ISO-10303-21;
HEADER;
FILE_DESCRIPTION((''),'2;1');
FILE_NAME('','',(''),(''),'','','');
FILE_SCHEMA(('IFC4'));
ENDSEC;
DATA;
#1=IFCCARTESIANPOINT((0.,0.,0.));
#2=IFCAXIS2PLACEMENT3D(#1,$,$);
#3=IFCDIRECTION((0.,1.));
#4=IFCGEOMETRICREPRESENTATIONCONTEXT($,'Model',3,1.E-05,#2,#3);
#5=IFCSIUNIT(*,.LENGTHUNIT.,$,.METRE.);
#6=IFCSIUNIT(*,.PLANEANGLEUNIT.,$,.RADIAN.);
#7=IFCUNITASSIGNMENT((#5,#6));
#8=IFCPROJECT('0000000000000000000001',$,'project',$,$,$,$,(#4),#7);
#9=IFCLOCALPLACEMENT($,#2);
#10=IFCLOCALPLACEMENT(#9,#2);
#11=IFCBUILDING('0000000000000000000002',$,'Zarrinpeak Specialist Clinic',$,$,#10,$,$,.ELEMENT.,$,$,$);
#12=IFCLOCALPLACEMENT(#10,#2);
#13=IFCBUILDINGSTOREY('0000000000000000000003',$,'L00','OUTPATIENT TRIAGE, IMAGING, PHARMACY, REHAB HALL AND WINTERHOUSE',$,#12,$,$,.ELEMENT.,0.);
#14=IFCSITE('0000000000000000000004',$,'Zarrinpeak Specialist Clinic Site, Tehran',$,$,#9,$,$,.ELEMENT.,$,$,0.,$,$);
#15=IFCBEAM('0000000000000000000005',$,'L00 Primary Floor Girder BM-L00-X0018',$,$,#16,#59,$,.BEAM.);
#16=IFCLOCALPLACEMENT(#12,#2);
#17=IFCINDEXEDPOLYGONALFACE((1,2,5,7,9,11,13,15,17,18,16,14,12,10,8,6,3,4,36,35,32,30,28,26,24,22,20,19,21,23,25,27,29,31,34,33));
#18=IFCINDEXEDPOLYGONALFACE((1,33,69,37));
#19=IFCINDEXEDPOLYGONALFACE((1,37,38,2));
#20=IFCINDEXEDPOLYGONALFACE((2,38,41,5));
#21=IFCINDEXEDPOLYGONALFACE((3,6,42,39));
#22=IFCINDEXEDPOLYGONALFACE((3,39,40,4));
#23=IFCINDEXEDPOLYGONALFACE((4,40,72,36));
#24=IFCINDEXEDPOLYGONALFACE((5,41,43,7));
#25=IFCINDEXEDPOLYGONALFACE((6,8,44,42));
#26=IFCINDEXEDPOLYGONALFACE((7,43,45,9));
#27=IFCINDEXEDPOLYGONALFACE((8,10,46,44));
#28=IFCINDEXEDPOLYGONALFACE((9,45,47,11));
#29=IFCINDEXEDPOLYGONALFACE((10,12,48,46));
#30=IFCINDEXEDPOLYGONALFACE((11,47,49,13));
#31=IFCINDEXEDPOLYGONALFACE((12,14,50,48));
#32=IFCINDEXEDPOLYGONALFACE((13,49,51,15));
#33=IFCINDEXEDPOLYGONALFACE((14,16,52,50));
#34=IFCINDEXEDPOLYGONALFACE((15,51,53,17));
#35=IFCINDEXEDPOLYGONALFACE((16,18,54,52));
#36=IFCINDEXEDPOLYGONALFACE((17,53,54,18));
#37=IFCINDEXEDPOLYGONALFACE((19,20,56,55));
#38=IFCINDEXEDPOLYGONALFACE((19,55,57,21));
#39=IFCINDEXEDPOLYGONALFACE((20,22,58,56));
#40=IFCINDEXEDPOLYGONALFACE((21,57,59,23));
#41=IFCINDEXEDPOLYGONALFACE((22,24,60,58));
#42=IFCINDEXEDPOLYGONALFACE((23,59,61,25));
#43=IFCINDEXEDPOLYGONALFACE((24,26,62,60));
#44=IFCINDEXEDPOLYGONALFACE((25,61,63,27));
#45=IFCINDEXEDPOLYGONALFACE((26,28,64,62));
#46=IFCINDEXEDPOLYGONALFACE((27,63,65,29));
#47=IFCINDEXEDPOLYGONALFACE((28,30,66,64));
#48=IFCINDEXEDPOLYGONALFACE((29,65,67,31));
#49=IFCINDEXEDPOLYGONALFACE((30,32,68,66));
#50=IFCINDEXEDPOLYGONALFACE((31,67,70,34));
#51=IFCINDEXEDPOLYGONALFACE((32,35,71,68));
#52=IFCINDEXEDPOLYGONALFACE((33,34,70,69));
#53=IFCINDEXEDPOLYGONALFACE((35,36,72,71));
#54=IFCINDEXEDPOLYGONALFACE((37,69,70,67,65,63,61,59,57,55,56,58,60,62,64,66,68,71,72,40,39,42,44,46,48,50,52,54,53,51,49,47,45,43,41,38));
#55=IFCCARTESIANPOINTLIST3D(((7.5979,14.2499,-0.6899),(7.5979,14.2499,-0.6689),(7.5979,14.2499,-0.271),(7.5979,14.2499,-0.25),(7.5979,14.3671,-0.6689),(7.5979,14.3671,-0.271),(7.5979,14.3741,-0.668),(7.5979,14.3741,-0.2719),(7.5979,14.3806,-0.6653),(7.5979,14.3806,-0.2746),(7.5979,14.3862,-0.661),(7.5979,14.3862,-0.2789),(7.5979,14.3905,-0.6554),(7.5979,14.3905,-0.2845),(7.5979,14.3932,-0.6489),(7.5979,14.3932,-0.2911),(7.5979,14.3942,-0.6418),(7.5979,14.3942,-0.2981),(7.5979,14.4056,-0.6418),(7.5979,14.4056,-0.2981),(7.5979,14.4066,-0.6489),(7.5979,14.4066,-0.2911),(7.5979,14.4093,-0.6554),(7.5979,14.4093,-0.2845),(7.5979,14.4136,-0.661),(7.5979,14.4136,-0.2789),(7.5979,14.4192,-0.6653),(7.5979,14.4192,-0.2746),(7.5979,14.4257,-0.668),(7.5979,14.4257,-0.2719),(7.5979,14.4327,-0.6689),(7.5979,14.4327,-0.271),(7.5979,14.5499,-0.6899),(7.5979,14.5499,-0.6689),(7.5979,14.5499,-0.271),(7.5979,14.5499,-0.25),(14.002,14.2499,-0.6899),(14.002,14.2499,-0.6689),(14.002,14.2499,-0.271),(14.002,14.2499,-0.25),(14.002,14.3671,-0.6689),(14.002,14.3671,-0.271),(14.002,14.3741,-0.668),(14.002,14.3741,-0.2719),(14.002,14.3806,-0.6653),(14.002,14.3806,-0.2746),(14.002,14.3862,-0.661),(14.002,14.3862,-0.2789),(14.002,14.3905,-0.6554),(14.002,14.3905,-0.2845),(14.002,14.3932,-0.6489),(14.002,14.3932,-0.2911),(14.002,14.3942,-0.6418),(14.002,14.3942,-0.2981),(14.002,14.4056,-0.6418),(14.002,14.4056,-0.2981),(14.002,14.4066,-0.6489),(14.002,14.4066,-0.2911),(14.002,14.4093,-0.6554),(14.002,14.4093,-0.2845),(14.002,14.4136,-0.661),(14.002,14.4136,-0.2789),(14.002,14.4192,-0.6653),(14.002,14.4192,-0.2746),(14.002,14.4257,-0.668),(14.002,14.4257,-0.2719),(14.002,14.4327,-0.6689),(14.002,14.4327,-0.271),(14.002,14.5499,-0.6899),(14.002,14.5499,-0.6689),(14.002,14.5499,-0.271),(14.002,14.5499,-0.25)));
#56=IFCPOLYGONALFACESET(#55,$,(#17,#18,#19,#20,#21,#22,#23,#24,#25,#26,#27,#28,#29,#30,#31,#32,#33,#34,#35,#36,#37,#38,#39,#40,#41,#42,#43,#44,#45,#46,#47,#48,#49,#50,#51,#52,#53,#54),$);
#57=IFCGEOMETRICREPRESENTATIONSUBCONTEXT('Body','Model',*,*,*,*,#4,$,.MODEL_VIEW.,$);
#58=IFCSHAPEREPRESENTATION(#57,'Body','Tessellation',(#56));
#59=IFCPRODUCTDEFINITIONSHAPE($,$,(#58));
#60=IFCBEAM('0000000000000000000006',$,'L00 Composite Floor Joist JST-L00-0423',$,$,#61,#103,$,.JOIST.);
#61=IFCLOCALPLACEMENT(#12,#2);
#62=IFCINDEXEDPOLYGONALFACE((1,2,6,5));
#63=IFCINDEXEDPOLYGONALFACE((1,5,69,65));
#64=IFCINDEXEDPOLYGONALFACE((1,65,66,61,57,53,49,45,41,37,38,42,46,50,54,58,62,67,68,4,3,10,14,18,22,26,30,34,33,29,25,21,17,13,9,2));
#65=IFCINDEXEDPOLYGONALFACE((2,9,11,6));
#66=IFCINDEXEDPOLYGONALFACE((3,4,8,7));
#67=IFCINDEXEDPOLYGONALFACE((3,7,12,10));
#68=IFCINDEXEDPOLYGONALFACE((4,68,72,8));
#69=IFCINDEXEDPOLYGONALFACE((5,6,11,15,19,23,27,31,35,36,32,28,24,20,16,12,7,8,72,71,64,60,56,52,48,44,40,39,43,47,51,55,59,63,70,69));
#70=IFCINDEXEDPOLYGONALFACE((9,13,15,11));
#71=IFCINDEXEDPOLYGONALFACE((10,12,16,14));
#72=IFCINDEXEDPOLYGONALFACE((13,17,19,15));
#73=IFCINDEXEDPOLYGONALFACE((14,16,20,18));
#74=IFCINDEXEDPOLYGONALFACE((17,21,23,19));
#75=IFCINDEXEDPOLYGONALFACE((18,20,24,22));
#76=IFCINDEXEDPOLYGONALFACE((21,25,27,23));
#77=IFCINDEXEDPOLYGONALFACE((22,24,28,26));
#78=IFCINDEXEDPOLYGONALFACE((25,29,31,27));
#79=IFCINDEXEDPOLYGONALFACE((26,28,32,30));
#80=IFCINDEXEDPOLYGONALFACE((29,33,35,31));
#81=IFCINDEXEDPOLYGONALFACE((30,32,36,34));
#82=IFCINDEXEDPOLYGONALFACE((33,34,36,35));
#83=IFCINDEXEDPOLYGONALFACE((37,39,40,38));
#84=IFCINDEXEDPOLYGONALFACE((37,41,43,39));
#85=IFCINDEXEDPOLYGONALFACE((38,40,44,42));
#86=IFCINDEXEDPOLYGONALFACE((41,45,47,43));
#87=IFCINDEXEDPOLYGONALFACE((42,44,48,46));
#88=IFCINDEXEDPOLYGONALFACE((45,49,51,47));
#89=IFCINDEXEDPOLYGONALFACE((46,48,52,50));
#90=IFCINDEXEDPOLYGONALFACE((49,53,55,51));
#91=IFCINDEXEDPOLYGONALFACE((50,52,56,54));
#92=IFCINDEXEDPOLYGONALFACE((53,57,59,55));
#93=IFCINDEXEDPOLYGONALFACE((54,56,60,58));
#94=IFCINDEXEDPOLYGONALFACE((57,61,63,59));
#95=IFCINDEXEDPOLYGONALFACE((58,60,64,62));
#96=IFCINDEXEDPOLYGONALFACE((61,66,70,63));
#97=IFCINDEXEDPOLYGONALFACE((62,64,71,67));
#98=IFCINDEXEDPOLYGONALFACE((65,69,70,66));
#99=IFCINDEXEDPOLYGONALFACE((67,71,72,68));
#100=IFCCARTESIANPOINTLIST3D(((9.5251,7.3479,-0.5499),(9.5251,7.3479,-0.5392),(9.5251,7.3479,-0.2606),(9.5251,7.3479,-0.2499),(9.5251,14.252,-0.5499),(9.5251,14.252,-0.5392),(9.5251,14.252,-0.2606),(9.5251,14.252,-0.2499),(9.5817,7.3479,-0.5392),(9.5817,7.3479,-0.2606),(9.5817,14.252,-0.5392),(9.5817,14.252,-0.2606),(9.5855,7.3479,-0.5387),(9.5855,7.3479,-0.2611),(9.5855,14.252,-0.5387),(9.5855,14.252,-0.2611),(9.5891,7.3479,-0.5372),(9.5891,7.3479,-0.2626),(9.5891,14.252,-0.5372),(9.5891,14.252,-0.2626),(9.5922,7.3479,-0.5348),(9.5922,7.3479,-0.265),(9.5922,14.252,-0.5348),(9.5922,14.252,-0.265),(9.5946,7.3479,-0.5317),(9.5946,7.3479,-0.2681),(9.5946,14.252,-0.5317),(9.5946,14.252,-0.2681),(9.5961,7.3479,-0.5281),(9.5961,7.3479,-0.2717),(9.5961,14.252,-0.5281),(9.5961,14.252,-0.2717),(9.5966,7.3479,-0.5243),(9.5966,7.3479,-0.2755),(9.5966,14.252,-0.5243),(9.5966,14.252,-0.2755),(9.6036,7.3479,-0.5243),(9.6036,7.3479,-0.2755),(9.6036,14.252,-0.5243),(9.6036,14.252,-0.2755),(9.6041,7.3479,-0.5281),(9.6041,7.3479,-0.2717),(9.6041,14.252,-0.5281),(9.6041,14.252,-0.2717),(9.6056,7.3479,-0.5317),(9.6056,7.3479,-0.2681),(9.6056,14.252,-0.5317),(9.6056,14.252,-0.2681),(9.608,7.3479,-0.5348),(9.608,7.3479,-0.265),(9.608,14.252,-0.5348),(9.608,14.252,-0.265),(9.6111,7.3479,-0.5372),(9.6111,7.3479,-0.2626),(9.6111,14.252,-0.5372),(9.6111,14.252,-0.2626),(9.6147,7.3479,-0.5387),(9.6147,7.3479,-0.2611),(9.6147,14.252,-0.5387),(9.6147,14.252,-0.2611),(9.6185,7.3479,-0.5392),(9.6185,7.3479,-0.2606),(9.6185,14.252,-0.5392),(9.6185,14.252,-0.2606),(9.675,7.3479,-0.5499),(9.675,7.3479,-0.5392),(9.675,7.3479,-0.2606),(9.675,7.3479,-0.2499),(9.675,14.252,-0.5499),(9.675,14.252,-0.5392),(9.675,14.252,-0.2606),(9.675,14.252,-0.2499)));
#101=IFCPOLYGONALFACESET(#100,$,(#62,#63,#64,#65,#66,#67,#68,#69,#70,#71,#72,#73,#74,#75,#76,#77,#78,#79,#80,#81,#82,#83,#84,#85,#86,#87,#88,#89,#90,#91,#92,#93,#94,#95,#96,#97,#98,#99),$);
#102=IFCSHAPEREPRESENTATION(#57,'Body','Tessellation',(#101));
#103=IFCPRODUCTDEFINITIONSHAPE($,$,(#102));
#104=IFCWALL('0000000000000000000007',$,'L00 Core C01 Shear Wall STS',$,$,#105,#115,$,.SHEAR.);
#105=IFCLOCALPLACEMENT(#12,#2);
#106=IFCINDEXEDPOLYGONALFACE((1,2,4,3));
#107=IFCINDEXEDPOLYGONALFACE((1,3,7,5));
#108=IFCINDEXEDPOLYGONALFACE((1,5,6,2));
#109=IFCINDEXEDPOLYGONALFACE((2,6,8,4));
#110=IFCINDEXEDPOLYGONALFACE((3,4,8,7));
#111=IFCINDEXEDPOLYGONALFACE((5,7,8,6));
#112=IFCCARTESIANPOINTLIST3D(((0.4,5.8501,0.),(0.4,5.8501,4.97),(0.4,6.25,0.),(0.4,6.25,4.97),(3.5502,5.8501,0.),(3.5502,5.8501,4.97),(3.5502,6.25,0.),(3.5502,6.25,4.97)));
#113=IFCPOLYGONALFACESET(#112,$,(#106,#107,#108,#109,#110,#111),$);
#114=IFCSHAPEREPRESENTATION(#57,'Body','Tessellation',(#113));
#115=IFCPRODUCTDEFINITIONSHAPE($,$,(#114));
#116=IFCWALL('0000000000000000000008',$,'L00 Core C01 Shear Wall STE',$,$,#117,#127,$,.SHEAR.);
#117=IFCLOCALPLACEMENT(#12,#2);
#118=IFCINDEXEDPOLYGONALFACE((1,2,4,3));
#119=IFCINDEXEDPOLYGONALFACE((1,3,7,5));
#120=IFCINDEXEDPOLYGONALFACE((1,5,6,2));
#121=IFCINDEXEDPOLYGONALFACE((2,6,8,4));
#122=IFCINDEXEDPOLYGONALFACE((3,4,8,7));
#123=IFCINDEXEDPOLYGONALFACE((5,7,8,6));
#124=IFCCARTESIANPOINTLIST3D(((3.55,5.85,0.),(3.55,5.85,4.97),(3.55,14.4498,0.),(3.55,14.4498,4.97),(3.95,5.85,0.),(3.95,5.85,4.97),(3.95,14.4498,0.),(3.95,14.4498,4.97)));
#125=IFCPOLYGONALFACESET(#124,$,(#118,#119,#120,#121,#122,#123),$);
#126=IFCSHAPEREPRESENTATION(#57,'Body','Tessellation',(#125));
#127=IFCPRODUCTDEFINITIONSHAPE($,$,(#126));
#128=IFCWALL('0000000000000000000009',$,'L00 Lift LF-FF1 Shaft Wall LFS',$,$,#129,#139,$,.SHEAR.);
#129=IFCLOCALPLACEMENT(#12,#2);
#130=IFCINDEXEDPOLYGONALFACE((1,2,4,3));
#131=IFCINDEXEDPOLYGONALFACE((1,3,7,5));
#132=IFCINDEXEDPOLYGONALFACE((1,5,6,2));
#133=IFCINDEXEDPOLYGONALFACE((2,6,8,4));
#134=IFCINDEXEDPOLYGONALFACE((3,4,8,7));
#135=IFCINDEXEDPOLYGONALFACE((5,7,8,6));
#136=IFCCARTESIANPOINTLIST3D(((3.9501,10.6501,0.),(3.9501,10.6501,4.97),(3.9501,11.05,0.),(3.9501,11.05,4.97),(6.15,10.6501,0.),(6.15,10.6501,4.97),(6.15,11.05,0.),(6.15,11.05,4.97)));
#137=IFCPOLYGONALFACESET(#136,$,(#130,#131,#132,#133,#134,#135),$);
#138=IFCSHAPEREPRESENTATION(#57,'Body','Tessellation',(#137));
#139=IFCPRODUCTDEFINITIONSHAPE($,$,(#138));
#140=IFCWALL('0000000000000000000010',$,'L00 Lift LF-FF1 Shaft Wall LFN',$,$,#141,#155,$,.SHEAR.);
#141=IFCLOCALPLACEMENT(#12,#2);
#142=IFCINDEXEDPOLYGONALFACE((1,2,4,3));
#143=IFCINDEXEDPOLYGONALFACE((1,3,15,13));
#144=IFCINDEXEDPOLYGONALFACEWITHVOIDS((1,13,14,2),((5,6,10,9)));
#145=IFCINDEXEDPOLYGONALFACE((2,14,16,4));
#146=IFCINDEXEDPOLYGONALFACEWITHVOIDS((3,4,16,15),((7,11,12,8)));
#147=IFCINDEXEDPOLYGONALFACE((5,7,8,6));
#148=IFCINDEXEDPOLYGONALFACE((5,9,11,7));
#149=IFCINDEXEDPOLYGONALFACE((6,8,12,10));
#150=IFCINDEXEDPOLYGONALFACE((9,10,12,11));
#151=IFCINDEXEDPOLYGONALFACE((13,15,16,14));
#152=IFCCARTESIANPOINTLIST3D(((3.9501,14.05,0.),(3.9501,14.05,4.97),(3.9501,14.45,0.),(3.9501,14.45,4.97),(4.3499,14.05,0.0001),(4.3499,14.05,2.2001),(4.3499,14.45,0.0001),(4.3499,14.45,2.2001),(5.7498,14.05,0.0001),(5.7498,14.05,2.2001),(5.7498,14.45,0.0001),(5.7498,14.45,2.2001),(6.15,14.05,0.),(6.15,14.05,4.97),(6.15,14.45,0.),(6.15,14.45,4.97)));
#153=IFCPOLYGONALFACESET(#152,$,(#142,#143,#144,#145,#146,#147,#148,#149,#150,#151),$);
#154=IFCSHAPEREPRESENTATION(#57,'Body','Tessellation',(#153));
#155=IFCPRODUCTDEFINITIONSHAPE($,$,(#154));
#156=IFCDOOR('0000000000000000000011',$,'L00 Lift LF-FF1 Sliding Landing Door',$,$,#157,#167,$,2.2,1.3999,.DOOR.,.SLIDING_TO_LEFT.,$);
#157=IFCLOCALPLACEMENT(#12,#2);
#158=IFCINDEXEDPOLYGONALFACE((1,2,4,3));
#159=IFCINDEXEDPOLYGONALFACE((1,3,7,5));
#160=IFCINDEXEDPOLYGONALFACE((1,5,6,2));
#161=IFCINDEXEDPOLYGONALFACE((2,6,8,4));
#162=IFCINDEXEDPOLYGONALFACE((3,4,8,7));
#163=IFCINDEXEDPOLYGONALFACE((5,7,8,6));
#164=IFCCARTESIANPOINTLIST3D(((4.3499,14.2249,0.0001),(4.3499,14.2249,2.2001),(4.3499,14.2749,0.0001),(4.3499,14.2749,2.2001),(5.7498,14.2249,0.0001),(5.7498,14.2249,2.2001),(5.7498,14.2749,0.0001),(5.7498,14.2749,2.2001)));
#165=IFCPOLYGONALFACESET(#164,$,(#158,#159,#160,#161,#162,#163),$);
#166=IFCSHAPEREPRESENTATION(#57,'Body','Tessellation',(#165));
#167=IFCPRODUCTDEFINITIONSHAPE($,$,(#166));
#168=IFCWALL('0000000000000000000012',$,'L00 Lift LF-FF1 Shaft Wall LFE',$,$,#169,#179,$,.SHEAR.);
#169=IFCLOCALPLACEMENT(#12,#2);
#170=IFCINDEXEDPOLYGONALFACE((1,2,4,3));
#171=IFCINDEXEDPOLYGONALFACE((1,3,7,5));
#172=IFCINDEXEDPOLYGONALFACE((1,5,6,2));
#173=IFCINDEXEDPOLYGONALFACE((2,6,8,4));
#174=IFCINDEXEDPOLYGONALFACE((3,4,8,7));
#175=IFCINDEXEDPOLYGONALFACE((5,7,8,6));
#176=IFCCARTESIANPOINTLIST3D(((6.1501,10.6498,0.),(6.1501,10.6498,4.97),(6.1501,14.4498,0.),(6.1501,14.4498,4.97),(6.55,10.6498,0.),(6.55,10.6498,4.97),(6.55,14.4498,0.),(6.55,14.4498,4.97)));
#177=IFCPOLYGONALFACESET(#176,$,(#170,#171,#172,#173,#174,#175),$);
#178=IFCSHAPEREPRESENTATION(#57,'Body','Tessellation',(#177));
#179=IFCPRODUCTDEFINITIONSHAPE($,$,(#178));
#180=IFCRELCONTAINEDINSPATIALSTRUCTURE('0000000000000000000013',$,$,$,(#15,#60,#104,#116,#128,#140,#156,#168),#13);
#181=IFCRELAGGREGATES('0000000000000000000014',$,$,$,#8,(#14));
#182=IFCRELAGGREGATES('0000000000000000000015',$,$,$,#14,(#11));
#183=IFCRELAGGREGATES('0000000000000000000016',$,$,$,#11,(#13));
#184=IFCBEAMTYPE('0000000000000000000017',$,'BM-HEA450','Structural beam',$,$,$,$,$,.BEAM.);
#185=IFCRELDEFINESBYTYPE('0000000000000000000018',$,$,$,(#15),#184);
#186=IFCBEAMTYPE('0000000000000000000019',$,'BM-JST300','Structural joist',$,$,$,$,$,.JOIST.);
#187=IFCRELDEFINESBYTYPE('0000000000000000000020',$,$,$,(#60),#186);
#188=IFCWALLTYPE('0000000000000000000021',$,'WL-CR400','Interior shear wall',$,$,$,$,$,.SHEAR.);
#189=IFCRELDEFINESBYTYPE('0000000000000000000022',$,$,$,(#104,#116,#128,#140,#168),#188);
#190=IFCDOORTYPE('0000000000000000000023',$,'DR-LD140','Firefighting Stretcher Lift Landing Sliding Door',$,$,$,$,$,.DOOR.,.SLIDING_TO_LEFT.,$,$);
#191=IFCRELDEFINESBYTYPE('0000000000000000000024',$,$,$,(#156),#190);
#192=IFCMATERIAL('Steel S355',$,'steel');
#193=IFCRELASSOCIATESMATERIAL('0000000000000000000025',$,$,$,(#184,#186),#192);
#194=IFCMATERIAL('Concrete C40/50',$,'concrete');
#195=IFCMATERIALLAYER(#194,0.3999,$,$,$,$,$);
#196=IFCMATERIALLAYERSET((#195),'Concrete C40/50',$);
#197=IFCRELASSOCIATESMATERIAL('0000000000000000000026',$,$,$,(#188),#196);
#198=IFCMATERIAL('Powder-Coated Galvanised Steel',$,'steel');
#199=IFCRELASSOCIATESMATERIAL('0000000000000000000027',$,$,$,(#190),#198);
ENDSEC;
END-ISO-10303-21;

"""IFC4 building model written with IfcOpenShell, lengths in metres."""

from ifc_helpers import new_model, si_unit, direction, frame, frame_2d, origin, origin_2d, place, context, subcontext, project, spatial, rectangle, i_section, extrude, material, layer, layer_set, material_profile, profile_set, type_object, element, fill, save


model = new_model("IFC4")

# Units and contexts
model_context = context("Model", 3, precision=1e-05, world=origin(), true_north=direction((0.0, 1.0)))
body_context = subcontext(model_context, "Body", "Model", "MODEL_VIEW")
ifc_project = project(units=[si_unit("LENGTHUNIT", "METRE"), si_unit("PLANEANGLEUNIT", "RADIAN")], contexts=[model_context])

# Site, building, storey
site_placement = place(None, origin())
site = spatial("IfcSite", under=ifc_project, at=site_placement, Name="Zarrinpeak Specialist Clinic Site, Tehran", CompositionType="ELEMENT", RefElevation=0.0)
building_placement = place(site_placement, origin())
building = spatial("IfcBuilding", under=site, at=building_placement, Name="Zarrinpeak Specialist Clinic", CompositionType="ELEMENT")
storey_placement = place(building_placement, origin())
storey = spatial("IfcBuildingStorey", under=building, at=storey_placement, Name="L00", Description="OUTPATIENT TRIAGE, IMAGING, PHARMACY, REHAB HALL AND WINTERHOUSE", CompositionType="ELEMENT", Elevation=0.0)

# Shared definitions
ifc_material_1 = material(Name="Steel S355", Category="steel")

# Beams
ifc_material_profile_1 = material_profile(ifc_material_1, i_section(OverallWidth=0.3, OverallDepth=0.4399, WebThickness=0.0115, FlangeThickness=0.021, FilletRadius=0.0271, at=origin_2d()), Name="HEA 450")
ifc_profile_set_1 = profile_set([ifc_material_profile_1], Name="Steel S355")
beam_type_1 = type_object("IfcBeamType", Name="BM-HEA450", Description="Structural beam", PredefinedType="BEAM", material=ifc_profile_set_1)
for number, where, z_axis, x_axis, name in (
    (1, (7.5979, 14.3999, -0.47), (1.0, 0.0, 0.0), (0.0, 1.0, 0.0), "L00 Primary Floor Girder BM-L00-X0018"),
):
    element("IfcBeam", number, at=place(storey_placement, frame(where, z_axis=z_axis, x_axis=x_axis)), inside=storey, type_object=beam_type_1, Name=name, PredefinedType="BEAM", context=body_context, shape_type="SweptSolid", body=[
        extrude(i_section(OverallWidth=0.3, OverallDepth=0.4399, WebThickness=0.0115, FlangeThickness=0.021, FilletRadius=0.0271, at=origin_2d()), origin(), (0.0, 0.0, 1.0), 6.4041),
    ])
ifc_material_profile_2 = material_profile(ifc_material_1, i_section(OverallWidth=0.1499, OverallDepth=0.3, WebThickness=0.0071, FlangeThickness=0.0107, FilletRadius=0.0149, at=origin_2d()), Name="IPE 300")
ifc_profile_set_2 = profile_set([ifc_material_profile_2], Name="Steel S355")
beam_type_2 = type_object("IfcBeamType", Name="BM-JST300", Description="Structural joist", PredefinedType="JOIST", material=ifc_profile_set_2)
beam_1_placement = place(storey_placement, frame((9.6001, 7.3479, -0.3999), z_axis=(0.0, 1.0, 0.0), x_axis=(-1.0, 0.0, 0.0)))
element("IfcBeam", 2, at=beam_1_placement, inside=storey, type_object=beam_type_2, Name="L00 Composite Floor Joist JST-L00-0423", PredefinedType="JOIST", context=body_context, shape_type="SweptSolid", body=[
    extrude(i_section(OverallWidth=0.1499, OverallDepth=0.3, WebThickness=0.0071, FlangeThickness=0.0107, FilletRadius=0.0149, at=origin_2d()), origin(), (0.0, 0.0, 1.0), 6.9041),
])

# Wall
ifc_material_2 = material(Name="Concrete C40/50", Category="concrete")
ifc_layer_1 = layer(ifc_material_2, 0.3999)
ifc_layer_set_1 = layer_set([ifc_layer_1], Name="Concrete C40/50")
wall_type_1 = type_object("IfcWallType", Name="WL-CR400", Description="Interior shear wall", PredefinedType="SHEAR", material=ifc_layer_set_1)
wall_1_placement = place(storey_placement, frame((0.3999, 6.05, 0.0), z_axis=(0.0, 0.0, 1.0), x_axis=(1.0, 0.0, 0.0)))
element("IfcWall", 3, at=wall_1_placement, inside=storey, type_object=wall_type_1, Name="L00 Core C01 Shear Wall STS", PredefinedType="SHEAR", context=body_context, shape_type="SweptSolid", body=[
    extrude(rectangle(XDim=3.1501, YDim=0.3999, at=frame_2d((1.5752, 0.0))), origin(), (0.0, 0.0, 1.0), 4.97),
])

# Shared definitions
ifc_material_3 = material(Name="Powder-Coated Galvanised Steel", Category="steel")

# Walls
wall_2_placement = place(storey_placement, frame((3.75, 5.8501, 0.0), z_axis=(0.0, 0.0, 1.0), x_axis=(0.0, 1.0, 0.0)))
element("IfcWall", 4, at=wall_2_placement, inside=storey, type_object=wall_type_1, Name="L00 Core C01 Shear Wall STE", PredefinedType="SHEAR", context=body_context, shape_type="SweptSolid", body=[
    extrude(rectangle(XDim=8.5999, YDim=0.3999, at=frame_2d((4.2998, 0.0))), origin(), (0.0, 0.0, 1.0), 4.97),
])
wall_3_placement = place(storey_placement, frame((3.95, 10.8501, 0.0), z_axis=(0.0, 0.0, 1.0), x_axis=(1.0, 0.0, 0.0)))
element("IfcWall", 5, at=wall_3_placement, inside=storey, type_object=wall_type_1, Name="L00 Lift LF-FF1 Shaft Wall LFS", PredefinedType="SHEAR", context=body_context, shape_type="SweptSolid", body=[
    extrude(rectangle(XDim=2.2, YDim=0.3999, at=frame_2d((1.1001, 0.0))), origin(), (0.0, 0.0, 1.0), 4.97),
])

# Wall, opening, door
wall_4_placement = place(storey_placement, frame((3.95, 14.25, 0.0), z_axis=(0.0, 0.0, 1.0), x_axis=(1.0, 0.0, 0.0)))
wall_4 = element("IfcWall", 6, at=wall_4_placement, inside=storey, type_object=wall_type_1, Name="L00 Lift LF-FF1 Shaft Wall LFN", PredefinedType="SHEAR", context=body_context, shape_type="SweptSolid", body=[
    extrude(rectangle(XDim=2.2, YDim=0.3999, at=frame_2d((1.1001, 0.0))), origin(), (0.0, 0.0, 1.0), 4.97),
])
opening_1_placement = place(wall_4_placement, frame((0.3999, 0.0, 0.0)))
opening_1 = element("IfcOpeningElement", 7, at=opening_1_placement, cuts=wall_4, PredefinedType="OPENING", context=body_context, shape_type="SweptSolid", body=[
    extrude(rectangle(XDim=1.3999, YDim=2.2, at=frame_2d((0.7, 1.1001))), frame((0.0, 0.21, 0.0), z_axis=(0.0, -1.0, 0.0), x_axis=(1.0, 0.0, 0.0)), (0.0, 0.0, 1.0), 0.4199),
])
door_type_1 = type_object("IfcDoorType", Name="DR-LD140", Description="Firefighting Stretcher Lift Landing Sliding Door", OperationType="SLIDING_TO_LEFT", PredefinedType="DOOR", material=ifc_material_3)
door_1_placement = place(opening_1_placement, origin())
door_1 = element("IfcDoor", 8, at=door_1_placement, inside=storey, type_object=door_type_1, Name="L00 Lift LF-FF1 Sliding Landing Door", OperationType="SLIDING_TO_LEFT", OverallHeight=2.2, OverallWidth=1.3999, PredefinedType="DOOR", context=body_context, shape_type="SweptSolid", body=[
    extrude(rectangle(XDim=1.3999, YDim=2.2, at=frame_2d((0.7, 1.1001))), frame((0.0, 0.0249, 0.0), z_axis=(0.0, -1.0, 0.0), x_axis=(1.0, 0.0, 0.0)), (0.0, 0.0, 1.0), 0.05),
])
fill(opening_1, door_1)

# Wall
wall_5_placement = place(storey_placement, frame((6.3501, 10.6499, 0.0), z_axis=(0.0, 0.0, 1.0), x_axis=(0.0, 1.0, 0.0)))
element("IfcWall", 9, at=wall_5_placement, inside=storey, type_object=wall_type_1, Name="L00 Lift LF-FF1 Shaft Wall LFE", PredefinedType="SHEAR", context=body_context, shape_type="SweptSolid", body=[
    extrude(rectangle(XDim=3.8, YDim=0.3999, at=frame_2d((1.8999, 0.0))), origin(), (0.0, 0.0, 1.0), 4.97),
])

save(model, "model.ifc")
